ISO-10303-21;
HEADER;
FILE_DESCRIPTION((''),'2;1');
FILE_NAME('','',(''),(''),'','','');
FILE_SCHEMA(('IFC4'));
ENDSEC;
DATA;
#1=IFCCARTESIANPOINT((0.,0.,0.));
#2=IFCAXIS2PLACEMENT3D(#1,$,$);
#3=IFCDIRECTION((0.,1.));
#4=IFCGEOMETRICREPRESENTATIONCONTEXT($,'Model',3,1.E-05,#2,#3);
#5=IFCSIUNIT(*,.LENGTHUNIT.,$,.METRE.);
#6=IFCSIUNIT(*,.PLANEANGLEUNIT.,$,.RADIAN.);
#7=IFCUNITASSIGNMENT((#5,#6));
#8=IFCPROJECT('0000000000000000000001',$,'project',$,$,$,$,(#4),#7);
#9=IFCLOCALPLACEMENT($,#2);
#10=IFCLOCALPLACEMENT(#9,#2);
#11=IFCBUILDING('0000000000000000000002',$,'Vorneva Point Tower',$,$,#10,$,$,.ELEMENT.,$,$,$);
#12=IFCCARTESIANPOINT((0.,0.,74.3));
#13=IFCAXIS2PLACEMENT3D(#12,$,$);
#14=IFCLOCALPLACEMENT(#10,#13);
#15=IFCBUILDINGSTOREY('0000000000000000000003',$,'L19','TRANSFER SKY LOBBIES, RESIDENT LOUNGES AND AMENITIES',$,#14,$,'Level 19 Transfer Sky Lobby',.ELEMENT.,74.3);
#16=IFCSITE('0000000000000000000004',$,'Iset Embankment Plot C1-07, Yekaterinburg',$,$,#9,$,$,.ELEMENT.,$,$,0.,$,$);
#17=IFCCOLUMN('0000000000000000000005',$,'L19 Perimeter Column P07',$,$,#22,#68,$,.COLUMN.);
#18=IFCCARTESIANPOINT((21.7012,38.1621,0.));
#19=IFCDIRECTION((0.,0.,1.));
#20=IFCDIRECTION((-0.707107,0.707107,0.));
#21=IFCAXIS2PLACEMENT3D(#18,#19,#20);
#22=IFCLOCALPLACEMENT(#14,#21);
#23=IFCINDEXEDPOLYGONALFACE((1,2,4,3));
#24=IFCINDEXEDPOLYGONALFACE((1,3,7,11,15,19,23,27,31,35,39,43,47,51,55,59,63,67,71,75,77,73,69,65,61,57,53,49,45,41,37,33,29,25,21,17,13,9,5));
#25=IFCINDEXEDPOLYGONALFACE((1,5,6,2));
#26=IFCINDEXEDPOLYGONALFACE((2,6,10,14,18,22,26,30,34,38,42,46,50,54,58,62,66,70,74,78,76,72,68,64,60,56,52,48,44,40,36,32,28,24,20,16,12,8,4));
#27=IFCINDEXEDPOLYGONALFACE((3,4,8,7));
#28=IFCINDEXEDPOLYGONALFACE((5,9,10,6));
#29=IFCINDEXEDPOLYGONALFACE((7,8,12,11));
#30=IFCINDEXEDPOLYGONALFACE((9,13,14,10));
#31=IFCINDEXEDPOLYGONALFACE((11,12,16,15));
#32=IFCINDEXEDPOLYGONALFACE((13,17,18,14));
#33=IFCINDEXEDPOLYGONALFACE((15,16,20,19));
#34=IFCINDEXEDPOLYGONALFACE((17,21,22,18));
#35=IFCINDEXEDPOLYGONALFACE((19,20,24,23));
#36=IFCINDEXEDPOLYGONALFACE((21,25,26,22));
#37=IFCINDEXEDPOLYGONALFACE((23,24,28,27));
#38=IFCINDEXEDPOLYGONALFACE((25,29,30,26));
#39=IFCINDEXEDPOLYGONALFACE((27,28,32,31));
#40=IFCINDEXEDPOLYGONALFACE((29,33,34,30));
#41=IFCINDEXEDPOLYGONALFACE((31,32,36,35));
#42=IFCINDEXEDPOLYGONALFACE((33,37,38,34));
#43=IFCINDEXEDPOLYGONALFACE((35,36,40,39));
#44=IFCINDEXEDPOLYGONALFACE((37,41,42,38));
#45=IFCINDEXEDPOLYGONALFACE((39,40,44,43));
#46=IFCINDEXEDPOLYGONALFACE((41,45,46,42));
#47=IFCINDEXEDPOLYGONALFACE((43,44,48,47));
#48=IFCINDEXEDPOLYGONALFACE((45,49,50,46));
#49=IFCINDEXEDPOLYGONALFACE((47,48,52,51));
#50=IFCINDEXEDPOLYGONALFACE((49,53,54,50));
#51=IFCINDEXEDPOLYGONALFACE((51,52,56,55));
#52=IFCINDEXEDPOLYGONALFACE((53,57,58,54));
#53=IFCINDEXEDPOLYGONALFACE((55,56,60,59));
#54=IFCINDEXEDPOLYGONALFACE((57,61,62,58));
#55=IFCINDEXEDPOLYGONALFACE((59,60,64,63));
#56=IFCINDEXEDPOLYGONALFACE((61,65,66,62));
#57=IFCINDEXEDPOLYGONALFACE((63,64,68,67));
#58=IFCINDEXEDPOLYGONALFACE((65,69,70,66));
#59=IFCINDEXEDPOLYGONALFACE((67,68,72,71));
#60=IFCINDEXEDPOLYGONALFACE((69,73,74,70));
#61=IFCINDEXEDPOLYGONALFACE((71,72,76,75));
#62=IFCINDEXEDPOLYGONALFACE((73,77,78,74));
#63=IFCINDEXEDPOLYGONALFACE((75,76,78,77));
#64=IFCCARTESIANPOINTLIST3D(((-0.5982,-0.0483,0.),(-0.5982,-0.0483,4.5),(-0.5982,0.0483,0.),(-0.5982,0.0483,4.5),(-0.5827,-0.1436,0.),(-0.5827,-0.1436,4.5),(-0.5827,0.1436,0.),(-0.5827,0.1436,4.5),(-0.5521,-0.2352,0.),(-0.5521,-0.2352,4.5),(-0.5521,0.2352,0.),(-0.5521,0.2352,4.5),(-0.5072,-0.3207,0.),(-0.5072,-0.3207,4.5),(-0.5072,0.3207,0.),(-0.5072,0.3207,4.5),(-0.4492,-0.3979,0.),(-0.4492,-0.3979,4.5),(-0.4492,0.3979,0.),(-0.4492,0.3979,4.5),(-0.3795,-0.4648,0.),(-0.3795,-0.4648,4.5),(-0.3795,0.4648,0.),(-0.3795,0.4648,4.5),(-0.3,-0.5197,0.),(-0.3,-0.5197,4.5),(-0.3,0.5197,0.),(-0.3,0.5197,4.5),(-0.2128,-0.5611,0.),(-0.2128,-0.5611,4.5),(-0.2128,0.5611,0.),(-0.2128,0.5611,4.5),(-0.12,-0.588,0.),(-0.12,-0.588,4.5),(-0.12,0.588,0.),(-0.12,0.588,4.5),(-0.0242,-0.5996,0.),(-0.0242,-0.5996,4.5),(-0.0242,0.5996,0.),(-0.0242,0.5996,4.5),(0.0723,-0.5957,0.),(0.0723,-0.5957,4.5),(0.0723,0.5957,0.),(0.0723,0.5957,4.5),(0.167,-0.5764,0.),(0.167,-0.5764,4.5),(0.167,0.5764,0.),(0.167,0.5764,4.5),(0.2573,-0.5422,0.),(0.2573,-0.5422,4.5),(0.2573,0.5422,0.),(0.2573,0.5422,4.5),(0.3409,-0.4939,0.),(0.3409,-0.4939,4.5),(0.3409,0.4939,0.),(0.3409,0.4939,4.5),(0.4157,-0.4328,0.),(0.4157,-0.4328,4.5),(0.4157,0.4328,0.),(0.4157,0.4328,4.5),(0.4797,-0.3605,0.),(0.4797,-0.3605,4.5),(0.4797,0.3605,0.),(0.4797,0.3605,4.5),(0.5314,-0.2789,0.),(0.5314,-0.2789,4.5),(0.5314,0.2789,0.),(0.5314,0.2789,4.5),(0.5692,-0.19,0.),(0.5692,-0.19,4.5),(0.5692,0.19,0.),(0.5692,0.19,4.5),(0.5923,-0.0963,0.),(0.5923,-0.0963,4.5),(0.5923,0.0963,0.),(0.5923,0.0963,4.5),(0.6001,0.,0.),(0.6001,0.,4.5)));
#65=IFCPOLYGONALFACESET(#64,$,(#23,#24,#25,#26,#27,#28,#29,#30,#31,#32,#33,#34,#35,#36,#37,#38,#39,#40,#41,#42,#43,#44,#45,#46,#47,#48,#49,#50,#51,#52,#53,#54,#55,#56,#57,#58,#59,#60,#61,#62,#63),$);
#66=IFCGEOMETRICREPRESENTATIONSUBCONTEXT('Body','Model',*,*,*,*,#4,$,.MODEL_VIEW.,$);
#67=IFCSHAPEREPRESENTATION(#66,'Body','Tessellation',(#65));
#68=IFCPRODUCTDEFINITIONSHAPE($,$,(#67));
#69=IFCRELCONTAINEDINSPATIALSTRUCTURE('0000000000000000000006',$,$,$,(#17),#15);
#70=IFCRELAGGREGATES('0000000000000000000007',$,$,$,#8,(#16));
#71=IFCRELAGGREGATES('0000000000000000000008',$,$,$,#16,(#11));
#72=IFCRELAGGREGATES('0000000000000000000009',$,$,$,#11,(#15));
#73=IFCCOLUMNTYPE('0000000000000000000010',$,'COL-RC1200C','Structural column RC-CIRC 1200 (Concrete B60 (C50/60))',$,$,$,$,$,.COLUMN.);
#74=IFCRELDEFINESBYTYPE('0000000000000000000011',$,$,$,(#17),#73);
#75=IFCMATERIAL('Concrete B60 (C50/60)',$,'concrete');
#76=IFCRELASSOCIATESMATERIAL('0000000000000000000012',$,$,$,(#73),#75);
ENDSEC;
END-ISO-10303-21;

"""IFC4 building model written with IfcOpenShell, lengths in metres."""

from ifc_helpers import new_model, si_unit, direction, frame, origin, origin_2d, place, context, subcontext, project, spatial, circle, extrude, material, material_profile, profile_set, type_object, element, save


model = new_model("IFC4")

# Units and contexts
model_context = context("Model", 3, precision=1e-05, world=origin(), true_north=direction((0.0, 1.0)))
body_context = subcontext(model_context, "Body", "Model", "MODEL_VIEW")
ifc_project = project(units=[si_unit("LENGTHUNIT", "METRE"), si_unit("PLANEANGLEUNIT", "RADIAN")], contexts=[model_context])

# Site, building, storey
site_placement = place(None, origin())
site = spatial("IfcSite", under=ifc_project, at=site_placement, Name="Iset Embankment Plot C1-07, Yekaterinburg", CompositionType="ELEMENT", RefElevation=0.0)
building_placement = place(site_placement, origin())
building = spatial("IfcBuilding", under=site, at=building_placement, Name="Vorneva Point Tower", CompositionType="ELEMENT")
storey_placement = place(building_placement, frame((0.0, 0.0, 74.3)))
storey = spatial("IfcBuildingStorey", under=building, at=storey_placement, Name="L19", Description="TRANSFER SKY LOBBIES, RESIDENT LOUNGES AND AMENITIES", LongName="Level 19 Transfer Sky Lobby", CompositionType="ELEMENT", Elevation=74.3)

# Column
ifc_material_1 = material(Name="Concrete B60 (C50/60)", Category="concrete")
ifc_material_profile_1 = material_profile(ifc_material_1, circle(Radius=0.6001, at=origin_2d()), Name="RC-CIRC 1200")
ifc_profile_set_1 = profile_set([ifc_material_profile_1], Name="Concrete B60 (C50/60)")
column_type = type_object("IfcColumnType", Name="COL-RC1200C", Description="Structural column RC-CIRC 1200 (Concrete B60 (C50/60))", PredefinedType="COLUMN", material=ifc_profile_set_1)
column_placement = place(storey_placement, frame((21.7012, 38.1621, 0.0), z_axis=(0.0, 0.0, 1.0), x_axis=(-0.707107, 0.707107, 0.0)))
element("IfcColumn", 1, at=column_placement, inside=storey, type_object=column_type, Name="L19 Perimeter Column P07", PredefinedType="COLUMN", context=body_context, shape_type="SweptSolid", body=[
    extrude(circle(Radius=0.6001, at=origin_2d()), origin(), (0.0, 0.0, 1.0), 4.5),
])

save(model, "model.ifc")
